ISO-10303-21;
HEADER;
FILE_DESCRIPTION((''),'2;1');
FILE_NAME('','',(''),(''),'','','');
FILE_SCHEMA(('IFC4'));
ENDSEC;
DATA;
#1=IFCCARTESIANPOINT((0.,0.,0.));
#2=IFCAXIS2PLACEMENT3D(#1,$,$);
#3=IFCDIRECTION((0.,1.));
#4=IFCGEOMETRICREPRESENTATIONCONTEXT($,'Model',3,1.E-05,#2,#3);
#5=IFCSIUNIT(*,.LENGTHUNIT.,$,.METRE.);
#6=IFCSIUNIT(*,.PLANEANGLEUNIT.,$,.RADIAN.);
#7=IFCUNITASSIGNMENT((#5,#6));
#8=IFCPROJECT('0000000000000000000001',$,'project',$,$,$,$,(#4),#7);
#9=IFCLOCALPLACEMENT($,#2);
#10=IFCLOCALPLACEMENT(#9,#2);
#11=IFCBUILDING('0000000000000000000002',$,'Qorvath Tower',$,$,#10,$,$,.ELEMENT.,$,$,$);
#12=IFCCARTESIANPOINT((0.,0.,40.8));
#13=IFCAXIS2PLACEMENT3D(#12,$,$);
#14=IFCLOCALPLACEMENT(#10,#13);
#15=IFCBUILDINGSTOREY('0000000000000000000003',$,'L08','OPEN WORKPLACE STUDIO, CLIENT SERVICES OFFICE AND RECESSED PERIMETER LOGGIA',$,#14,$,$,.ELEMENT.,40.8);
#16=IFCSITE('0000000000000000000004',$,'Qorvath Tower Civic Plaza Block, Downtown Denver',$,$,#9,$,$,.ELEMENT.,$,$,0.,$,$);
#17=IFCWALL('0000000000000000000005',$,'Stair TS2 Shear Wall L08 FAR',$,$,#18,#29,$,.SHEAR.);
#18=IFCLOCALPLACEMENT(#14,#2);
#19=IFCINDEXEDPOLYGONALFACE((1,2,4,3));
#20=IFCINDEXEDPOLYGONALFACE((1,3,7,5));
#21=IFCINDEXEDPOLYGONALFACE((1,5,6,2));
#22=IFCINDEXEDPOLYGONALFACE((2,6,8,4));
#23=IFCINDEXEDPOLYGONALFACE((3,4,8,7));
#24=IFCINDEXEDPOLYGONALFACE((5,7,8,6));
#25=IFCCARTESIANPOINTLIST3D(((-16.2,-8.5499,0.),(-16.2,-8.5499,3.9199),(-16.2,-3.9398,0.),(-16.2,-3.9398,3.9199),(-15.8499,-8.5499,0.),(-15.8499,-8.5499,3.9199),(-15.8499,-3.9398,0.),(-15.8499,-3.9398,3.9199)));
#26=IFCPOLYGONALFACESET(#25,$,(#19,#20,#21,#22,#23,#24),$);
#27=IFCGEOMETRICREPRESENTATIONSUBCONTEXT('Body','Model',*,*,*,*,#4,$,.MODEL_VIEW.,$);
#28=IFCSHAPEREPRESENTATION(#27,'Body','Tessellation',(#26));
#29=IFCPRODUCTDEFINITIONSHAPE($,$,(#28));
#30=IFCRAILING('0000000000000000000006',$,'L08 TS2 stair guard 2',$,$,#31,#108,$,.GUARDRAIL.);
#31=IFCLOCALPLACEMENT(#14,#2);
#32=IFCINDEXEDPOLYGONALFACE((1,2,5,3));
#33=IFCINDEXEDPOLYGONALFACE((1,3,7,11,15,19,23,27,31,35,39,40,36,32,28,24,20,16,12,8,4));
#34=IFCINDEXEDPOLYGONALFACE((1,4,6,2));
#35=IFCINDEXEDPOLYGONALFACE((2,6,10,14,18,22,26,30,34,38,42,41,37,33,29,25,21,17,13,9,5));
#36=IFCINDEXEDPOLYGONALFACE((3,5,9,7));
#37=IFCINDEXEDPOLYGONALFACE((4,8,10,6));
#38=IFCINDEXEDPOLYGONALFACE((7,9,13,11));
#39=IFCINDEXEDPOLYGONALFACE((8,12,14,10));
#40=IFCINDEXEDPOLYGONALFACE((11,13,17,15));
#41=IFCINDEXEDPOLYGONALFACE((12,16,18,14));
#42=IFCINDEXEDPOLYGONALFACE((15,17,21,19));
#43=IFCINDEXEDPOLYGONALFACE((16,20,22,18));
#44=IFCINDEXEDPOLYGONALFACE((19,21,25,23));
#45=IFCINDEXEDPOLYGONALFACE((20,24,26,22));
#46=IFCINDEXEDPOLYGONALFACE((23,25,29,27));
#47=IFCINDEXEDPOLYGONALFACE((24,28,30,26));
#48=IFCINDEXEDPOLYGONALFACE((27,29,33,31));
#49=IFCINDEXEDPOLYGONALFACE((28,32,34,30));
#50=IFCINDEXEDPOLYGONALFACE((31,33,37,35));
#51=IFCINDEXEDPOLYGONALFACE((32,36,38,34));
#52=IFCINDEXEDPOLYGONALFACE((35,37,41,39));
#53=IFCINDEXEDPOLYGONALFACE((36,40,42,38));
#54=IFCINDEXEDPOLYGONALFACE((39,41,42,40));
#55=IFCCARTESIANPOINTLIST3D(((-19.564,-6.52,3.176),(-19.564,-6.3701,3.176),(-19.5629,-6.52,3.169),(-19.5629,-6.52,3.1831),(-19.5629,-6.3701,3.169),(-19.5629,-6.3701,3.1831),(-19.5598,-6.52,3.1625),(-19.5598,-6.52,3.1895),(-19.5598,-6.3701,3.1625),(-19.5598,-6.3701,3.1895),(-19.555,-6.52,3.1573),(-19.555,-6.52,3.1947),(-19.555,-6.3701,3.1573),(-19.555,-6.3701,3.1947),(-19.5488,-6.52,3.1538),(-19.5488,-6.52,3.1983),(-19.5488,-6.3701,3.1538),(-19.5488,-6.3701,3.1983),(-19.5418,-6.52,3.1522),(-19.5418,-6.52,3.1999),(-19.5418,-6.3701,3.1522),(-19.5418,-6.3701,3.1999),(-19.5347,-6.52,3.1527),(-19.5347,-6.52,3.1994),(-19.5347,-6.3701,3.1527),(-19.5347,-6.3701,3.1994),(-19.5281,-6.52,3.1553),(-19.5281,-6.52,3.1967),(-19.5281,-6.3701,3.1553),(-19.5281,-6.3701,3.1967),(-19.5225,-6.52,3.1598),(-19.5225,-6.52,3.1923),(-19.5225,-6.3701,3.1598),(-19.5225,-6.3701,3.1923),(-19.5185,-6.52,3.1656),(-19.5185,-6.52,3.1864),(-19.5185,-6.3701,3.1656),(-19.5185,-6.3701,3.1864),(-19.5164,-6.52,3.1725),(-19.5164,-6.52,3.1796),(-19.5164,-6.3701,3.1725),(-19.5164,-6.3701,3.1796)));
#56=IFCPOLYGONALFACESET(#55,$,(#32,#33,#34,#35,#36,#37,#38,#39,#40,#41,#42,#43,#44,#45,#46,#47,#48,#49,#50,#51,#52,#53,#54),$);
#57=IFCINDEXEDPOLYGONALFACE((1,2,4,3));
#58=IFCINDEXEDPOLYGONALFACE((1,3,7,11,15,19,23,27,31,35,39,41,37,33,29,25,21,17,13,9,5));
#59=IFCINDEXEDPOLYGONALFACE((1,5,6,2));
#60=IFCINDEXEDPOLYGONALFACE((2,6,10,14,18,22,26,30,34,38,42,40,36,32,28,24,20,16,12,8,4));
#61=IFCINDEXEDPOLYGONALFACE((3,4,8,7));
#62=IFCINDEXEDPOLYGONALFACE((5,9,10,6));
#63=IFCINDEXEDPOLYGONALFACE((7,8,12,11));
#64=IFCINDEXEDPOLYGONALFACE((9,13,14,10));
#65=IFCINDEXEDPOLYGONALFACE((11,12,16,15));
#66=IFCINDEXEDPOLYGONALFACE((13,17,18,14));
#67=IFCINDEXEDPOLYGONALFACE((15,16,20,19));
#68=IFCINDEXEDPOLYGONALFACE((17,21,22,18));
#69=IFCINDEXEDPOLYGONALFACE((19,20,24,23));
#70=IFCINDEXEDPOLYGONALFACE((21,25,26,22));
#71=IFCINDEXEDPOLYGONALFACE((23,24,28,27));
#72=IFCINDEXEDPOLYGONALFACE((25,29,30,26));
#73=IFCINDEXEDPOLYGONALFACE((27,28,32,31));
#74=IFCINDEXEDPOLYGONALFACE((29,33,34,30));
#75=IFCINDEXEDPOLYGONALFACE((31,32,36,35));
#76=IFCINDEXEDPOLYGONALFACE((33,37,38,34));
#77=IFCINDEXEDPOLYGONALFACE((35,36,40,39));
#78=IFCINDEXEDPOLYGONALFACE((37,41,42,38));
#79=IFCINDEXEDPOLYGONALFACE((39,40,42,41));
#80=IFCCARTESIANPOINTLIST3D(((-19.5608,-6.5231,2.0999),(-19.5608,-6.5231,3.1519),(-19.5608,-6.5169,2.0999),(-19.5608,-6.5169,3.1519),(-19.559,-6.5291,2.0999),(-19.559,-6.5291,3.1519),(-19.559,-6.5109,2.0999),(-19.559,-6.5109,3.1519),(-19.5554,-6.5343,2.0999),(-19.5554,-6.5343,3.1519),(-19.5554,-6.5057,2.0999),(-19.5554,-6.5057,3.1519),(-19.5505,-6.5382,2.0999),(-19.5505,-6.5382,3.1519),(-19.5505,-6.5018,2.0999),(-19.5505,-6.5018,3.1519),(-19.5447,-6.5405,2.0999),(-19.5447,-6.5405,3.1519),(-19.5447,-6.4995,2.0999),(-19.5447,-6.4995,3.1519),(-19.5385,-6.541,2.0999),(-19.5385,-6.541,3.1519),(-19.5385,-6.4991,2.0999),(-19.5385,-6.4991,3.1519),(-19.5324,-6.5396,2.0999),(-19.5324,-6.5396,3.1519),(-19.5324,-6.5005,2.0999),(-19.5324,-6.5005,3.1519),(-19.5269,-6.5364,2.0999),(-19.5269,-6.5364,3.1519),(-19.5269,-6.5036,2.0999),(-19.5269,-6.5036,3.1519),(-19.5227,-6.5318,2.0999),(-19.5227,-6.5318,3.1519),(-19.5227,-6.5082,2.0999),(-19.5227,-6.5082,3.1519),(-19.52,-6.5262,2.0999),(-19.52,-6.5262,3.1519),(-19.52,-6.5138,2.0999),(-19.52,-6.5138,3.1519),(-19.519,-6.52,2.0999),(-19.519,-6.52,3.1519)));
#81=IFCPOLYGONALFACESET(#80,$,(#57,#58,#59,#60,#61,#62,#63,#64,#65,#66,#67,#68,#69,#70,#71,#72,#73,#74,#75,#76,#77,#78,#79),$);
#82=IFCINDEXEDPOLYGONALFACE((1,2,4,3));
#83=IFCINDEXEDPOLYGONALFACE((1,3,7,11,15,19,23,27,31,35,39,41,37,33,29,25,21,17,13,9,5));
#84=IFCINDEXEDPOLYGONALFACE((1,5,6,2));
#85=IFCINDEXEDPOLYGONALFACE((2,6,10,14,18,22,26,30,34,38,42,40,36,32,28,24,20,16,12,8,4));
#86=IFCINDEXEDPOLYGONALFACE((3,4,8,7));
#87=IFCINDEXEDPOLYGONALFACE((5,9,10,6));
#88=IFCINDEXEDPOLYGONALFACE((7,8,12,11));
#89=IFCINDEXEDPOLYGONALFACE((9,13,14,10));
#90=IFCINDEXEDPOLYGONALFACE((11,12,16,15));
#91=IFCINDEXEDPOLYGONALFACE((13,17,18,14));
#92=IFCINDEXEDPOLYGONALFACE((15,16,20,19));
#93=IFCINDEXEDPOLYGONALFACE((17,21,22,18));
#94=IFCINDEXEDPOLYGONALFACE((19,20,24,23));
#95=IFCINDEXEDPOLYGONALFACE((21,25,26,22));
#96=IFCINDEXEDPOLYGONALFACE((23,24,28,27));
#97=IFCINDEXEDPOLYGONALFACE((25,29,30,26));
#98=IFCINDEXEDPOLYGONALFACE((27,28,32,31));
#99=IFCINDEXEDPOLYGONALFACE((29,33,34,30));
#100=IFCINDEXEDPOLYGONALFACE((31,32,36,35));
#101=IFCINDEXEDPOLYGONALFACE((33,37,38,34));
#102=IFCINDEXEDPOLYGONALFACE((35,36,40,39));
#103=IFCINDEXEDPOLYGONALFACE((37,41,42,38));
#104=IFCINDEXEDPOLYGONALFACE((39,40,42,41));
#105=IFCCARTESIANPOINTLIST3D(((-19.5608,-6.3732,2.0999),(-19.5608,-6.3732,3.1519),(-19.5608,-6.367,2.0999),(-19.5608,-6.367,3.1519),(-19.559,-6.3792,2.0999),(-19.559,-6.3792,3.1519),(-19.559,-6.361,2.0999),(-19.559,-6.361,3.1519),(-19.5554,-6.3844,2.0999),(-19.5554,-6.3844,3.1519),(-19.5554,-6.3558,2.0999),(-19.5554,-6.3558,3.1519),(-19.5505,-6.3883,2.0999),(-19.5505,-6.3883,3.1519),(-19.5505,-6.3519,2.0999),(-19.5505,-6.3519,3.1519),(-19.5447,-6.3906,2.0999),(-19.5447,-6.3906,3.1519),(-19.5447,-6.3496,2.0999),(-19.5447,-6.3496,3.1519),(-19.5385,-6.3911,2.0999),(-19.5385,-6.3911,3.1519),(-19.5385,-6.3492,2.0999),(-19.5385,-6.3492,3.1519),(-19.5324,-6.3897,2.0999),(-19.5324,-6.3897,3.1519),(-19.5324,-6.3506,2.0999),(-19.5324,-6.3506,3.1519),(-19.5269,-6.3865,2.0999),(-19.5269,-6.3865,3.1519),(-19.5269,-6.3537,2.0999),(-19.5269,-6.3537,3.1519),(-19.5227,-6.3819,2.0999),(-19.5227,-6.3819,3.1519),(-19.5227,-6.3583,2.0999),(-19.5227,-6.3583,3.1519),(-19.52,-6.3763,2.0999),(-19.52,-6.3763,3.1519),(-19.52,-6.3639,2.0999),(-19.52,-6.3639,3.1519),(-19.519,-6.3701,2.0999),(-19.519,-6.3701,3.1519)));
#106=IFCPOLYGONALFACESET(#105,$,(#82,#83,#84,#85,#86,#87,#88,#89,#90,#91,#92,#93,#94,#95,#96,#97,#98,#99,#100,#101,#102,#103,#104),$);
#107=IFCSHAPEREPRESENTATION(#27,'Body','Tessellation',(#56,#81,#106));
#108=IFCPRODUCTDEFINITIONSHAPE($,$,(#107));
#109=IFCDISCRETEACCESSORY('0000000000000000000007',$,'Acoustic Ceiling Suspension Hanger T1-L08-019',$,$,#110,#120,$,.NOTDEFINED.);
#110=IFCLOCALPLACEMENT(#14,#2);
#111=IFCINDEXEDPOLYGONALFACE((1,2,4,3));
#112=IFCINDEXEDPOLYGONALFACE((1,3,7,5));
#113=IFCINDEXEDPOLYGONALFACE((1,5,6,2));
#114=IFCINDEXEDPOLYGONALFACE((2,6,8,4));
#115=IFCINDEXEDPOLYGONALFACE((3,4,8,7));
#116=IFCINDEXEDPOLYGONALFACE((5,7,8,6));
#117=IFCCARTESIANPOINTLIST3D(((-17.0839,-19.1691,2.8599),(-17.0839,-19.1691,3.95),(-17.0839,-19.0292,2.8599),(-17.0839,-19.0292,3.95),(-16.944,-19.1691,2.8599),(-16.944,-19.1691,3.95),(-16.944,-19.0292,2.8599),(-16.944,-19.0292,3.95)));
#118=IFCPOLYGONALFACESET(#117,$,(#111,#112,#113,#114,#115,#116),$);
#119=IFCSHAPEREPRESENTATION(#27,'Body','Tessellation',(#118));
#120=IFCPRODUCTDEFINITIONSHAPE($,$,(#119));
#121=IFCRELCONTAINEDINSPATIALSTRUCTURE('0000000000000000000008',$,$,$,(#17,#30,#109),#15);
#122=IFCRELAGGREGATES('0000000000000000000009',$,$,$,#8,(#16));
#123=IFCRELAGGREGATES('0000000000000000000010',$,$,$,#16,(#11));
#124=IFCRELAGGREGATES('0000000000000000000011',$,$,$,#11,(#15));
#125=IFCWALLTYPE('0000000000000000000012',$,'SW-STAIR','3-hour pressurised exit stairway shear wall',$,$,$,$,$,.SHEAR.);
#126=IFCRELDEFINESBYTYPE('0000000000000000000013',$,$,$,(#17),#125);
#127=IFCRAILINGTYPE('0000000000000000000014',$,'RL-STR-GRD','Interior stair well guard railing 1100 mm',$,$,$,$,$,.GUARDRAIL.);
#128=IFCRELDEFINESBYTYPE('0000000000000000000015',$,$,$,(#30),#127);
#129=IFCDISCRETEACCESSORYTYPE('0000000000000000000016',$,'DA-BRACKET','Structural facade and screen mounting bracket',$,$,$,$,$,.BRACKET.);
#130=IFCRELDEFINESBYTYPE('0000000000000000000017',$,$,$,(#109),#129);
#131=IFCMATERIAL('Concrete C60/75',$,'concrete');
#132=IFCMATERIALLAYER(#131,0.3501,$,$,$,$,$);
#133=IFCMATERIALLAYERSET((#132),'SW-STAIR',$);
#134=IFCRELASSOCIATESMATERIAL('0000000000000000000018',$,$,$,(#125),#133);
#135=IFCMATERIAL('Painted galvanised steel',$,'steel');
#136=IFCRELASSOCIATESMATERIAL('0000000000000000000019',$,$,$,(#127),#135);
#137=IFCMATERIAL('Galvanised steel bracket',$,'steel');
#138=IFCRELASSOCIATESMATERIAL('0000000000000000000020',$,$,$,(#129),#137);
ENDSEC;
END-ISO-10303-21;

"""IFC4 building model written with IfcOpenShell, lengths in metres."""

from ifc_helpers import new_model, si_unit, direction, frame, frame_2d, origin, origin_2d, place, context, subcontext, project, spatial, rectangle, circle, extrude, material, layer, layer_set, type_object, element, save


model = new_model("IFC4")

# Units and contexts
model_context = context("Model", 3, precision=1e-05, world=origin(), true_north=direction((0.0, 1.0)))
body_context = subcontext(model_context, "Body", "Model", "MODEL_VIEW")
ifc_project = project(units=[si_unit("LENGTHUNIT", "METRE"), si_unit("PLANEANGLEUNIT", "RADIAN")], contexts=[model_context])

# Site, building, storey
site_placement = place(None, origin())
site = spatial("IfcSite", under=ifc_project, at=site_placement, Name="Qorvath Tower Civic Plaza Block, Downtown Denver", CompositionType="ELEMENT", RefElevation=0.0)
building_placement = place(site_placement, origin())
building = spatial("IfcBuilding", under=site, at=building_placement, Name="Qorvath Tower", CompositionType="ELEMENT")
storey_placement = place(building_placement, frame((0.0, 0.0, 40.8)))
storey = spatial("IfcBuildingStorey", under=building, at=storey_placement, Name="L08", Description="OPEN WORKPLACE STUDIO, CLIENT SERVICES OFFICE AND RECESSED PERIMETER LOGGIA", CompositionType="ELEMENT", Elevation=40.8)

# Wall
ifc_material_1 = material(Name="Concrete C60/75", Category="concrete")
ifc_layer_1 = layer(ifc_material_1, 0.3501)
ifc_layer_set_1 = layer_set([ifc_layer_1], Name="SW-STAIR")
wall_type_1 = type_object("IfcWallType", Name="SW-STAIR", Description="3-hour pressurised exit stairway shear wall", PredefinedType="SHEAR", material=ifc_layer_set_1)
wall_1_placement = place(storey_placement, frame((-16.0249, -8.55, 0.0), z_axis=(0.0, 0.0, 1.0), x_axis=(0.0, 1.0, 0.0)))
element("IfcWall", 1, at=wall_1_placement, inside=storey, type_object=wall_type_1, Name="Stair TS2 Shear Wall L08 FAR", PredefinedType="SHEAR", context=body_context, shape_type="SweptSolid", body=[
    extrude(rectangle(XDim=4.6101, YDim=0.3501, at=frame_2d((2.3052, 0.0))), origin(), (0.0, 0.0, 1.0), 3.9199),
])

# Railing
ifc_material_2 = material(Name="Painted galvanised steel", Category="steel")
railing_type = type_object("IfcRailingType", Name="RL-STR-GRD", Description="Interior stair well guard railing 1100 mm", PredefinedType="GUARDRAIL", material=ifc_material_2)
railing_placement = place(storey_placement, frame((-19.54, -6.52, 2.0999)))
element("IfcRailing", 2, at=railing_placement, inside=storey, type_object=railing_type, Name="L08 TS2 stair guard 2", PredefinedType="GUARDRAIL", context=body_context, shape_type="SweptSolid", body=[
    extrude(circle(Radius=0.0239, at=origin_2d()), frame((0.0, 0.0, 1.0762), z_axis=(0.0, 1.0, 0.0), x_axis=(-1.0, 0.0, 0.0)), (0.0, 0.0, 1.0), 0.1499),
    extrude(circle(Radius=0.021, at=origin_2d()), origin(), (0.0, 0.0, 1.0), 1.052),
    extrude(circle(Radius=0.021, at=origin_2d()), frame((0.0, 0.1499, 0.0)), (0.0, 0.0, 1.0), 1.052),
])

# Discrete accessory
ifc_material_3 = material(Name="Galvanised steel bracket", Category="steel")
discrete_accessory_type = type_object("IfcDiscreteAccessoryType", Name="DA-BRACKET", Description="Structural facade and screen mounting bracket", PredefinedType="BRACKET", material=ifc_material_3)
discrete_accessory_placement = place(storey_placement, frame((-17.0139, -19.0991, 2.8599), z_axis=(0.0, 0.0, 1.0), x_axis=(1.0, 0.0, 0.0)))
element("IfcDiscreteAccessory", 3, at=discrete_accessory_placement, inside=storey, type_object=discrete_accessory_type, Name="Acoustic Ceiling Suspension Hanger T1-L08-019", PredefinedType="NOTDEFINED", context=body_context, shape_type="SweptSolid", body=[
    extrude(rectangle(XDim=0.1399, YDim=0.1399, at=origin_2d()), origin(), (0.0, 0.0, 1.0), 1.0901),
])

save(model, "model.ifc")
